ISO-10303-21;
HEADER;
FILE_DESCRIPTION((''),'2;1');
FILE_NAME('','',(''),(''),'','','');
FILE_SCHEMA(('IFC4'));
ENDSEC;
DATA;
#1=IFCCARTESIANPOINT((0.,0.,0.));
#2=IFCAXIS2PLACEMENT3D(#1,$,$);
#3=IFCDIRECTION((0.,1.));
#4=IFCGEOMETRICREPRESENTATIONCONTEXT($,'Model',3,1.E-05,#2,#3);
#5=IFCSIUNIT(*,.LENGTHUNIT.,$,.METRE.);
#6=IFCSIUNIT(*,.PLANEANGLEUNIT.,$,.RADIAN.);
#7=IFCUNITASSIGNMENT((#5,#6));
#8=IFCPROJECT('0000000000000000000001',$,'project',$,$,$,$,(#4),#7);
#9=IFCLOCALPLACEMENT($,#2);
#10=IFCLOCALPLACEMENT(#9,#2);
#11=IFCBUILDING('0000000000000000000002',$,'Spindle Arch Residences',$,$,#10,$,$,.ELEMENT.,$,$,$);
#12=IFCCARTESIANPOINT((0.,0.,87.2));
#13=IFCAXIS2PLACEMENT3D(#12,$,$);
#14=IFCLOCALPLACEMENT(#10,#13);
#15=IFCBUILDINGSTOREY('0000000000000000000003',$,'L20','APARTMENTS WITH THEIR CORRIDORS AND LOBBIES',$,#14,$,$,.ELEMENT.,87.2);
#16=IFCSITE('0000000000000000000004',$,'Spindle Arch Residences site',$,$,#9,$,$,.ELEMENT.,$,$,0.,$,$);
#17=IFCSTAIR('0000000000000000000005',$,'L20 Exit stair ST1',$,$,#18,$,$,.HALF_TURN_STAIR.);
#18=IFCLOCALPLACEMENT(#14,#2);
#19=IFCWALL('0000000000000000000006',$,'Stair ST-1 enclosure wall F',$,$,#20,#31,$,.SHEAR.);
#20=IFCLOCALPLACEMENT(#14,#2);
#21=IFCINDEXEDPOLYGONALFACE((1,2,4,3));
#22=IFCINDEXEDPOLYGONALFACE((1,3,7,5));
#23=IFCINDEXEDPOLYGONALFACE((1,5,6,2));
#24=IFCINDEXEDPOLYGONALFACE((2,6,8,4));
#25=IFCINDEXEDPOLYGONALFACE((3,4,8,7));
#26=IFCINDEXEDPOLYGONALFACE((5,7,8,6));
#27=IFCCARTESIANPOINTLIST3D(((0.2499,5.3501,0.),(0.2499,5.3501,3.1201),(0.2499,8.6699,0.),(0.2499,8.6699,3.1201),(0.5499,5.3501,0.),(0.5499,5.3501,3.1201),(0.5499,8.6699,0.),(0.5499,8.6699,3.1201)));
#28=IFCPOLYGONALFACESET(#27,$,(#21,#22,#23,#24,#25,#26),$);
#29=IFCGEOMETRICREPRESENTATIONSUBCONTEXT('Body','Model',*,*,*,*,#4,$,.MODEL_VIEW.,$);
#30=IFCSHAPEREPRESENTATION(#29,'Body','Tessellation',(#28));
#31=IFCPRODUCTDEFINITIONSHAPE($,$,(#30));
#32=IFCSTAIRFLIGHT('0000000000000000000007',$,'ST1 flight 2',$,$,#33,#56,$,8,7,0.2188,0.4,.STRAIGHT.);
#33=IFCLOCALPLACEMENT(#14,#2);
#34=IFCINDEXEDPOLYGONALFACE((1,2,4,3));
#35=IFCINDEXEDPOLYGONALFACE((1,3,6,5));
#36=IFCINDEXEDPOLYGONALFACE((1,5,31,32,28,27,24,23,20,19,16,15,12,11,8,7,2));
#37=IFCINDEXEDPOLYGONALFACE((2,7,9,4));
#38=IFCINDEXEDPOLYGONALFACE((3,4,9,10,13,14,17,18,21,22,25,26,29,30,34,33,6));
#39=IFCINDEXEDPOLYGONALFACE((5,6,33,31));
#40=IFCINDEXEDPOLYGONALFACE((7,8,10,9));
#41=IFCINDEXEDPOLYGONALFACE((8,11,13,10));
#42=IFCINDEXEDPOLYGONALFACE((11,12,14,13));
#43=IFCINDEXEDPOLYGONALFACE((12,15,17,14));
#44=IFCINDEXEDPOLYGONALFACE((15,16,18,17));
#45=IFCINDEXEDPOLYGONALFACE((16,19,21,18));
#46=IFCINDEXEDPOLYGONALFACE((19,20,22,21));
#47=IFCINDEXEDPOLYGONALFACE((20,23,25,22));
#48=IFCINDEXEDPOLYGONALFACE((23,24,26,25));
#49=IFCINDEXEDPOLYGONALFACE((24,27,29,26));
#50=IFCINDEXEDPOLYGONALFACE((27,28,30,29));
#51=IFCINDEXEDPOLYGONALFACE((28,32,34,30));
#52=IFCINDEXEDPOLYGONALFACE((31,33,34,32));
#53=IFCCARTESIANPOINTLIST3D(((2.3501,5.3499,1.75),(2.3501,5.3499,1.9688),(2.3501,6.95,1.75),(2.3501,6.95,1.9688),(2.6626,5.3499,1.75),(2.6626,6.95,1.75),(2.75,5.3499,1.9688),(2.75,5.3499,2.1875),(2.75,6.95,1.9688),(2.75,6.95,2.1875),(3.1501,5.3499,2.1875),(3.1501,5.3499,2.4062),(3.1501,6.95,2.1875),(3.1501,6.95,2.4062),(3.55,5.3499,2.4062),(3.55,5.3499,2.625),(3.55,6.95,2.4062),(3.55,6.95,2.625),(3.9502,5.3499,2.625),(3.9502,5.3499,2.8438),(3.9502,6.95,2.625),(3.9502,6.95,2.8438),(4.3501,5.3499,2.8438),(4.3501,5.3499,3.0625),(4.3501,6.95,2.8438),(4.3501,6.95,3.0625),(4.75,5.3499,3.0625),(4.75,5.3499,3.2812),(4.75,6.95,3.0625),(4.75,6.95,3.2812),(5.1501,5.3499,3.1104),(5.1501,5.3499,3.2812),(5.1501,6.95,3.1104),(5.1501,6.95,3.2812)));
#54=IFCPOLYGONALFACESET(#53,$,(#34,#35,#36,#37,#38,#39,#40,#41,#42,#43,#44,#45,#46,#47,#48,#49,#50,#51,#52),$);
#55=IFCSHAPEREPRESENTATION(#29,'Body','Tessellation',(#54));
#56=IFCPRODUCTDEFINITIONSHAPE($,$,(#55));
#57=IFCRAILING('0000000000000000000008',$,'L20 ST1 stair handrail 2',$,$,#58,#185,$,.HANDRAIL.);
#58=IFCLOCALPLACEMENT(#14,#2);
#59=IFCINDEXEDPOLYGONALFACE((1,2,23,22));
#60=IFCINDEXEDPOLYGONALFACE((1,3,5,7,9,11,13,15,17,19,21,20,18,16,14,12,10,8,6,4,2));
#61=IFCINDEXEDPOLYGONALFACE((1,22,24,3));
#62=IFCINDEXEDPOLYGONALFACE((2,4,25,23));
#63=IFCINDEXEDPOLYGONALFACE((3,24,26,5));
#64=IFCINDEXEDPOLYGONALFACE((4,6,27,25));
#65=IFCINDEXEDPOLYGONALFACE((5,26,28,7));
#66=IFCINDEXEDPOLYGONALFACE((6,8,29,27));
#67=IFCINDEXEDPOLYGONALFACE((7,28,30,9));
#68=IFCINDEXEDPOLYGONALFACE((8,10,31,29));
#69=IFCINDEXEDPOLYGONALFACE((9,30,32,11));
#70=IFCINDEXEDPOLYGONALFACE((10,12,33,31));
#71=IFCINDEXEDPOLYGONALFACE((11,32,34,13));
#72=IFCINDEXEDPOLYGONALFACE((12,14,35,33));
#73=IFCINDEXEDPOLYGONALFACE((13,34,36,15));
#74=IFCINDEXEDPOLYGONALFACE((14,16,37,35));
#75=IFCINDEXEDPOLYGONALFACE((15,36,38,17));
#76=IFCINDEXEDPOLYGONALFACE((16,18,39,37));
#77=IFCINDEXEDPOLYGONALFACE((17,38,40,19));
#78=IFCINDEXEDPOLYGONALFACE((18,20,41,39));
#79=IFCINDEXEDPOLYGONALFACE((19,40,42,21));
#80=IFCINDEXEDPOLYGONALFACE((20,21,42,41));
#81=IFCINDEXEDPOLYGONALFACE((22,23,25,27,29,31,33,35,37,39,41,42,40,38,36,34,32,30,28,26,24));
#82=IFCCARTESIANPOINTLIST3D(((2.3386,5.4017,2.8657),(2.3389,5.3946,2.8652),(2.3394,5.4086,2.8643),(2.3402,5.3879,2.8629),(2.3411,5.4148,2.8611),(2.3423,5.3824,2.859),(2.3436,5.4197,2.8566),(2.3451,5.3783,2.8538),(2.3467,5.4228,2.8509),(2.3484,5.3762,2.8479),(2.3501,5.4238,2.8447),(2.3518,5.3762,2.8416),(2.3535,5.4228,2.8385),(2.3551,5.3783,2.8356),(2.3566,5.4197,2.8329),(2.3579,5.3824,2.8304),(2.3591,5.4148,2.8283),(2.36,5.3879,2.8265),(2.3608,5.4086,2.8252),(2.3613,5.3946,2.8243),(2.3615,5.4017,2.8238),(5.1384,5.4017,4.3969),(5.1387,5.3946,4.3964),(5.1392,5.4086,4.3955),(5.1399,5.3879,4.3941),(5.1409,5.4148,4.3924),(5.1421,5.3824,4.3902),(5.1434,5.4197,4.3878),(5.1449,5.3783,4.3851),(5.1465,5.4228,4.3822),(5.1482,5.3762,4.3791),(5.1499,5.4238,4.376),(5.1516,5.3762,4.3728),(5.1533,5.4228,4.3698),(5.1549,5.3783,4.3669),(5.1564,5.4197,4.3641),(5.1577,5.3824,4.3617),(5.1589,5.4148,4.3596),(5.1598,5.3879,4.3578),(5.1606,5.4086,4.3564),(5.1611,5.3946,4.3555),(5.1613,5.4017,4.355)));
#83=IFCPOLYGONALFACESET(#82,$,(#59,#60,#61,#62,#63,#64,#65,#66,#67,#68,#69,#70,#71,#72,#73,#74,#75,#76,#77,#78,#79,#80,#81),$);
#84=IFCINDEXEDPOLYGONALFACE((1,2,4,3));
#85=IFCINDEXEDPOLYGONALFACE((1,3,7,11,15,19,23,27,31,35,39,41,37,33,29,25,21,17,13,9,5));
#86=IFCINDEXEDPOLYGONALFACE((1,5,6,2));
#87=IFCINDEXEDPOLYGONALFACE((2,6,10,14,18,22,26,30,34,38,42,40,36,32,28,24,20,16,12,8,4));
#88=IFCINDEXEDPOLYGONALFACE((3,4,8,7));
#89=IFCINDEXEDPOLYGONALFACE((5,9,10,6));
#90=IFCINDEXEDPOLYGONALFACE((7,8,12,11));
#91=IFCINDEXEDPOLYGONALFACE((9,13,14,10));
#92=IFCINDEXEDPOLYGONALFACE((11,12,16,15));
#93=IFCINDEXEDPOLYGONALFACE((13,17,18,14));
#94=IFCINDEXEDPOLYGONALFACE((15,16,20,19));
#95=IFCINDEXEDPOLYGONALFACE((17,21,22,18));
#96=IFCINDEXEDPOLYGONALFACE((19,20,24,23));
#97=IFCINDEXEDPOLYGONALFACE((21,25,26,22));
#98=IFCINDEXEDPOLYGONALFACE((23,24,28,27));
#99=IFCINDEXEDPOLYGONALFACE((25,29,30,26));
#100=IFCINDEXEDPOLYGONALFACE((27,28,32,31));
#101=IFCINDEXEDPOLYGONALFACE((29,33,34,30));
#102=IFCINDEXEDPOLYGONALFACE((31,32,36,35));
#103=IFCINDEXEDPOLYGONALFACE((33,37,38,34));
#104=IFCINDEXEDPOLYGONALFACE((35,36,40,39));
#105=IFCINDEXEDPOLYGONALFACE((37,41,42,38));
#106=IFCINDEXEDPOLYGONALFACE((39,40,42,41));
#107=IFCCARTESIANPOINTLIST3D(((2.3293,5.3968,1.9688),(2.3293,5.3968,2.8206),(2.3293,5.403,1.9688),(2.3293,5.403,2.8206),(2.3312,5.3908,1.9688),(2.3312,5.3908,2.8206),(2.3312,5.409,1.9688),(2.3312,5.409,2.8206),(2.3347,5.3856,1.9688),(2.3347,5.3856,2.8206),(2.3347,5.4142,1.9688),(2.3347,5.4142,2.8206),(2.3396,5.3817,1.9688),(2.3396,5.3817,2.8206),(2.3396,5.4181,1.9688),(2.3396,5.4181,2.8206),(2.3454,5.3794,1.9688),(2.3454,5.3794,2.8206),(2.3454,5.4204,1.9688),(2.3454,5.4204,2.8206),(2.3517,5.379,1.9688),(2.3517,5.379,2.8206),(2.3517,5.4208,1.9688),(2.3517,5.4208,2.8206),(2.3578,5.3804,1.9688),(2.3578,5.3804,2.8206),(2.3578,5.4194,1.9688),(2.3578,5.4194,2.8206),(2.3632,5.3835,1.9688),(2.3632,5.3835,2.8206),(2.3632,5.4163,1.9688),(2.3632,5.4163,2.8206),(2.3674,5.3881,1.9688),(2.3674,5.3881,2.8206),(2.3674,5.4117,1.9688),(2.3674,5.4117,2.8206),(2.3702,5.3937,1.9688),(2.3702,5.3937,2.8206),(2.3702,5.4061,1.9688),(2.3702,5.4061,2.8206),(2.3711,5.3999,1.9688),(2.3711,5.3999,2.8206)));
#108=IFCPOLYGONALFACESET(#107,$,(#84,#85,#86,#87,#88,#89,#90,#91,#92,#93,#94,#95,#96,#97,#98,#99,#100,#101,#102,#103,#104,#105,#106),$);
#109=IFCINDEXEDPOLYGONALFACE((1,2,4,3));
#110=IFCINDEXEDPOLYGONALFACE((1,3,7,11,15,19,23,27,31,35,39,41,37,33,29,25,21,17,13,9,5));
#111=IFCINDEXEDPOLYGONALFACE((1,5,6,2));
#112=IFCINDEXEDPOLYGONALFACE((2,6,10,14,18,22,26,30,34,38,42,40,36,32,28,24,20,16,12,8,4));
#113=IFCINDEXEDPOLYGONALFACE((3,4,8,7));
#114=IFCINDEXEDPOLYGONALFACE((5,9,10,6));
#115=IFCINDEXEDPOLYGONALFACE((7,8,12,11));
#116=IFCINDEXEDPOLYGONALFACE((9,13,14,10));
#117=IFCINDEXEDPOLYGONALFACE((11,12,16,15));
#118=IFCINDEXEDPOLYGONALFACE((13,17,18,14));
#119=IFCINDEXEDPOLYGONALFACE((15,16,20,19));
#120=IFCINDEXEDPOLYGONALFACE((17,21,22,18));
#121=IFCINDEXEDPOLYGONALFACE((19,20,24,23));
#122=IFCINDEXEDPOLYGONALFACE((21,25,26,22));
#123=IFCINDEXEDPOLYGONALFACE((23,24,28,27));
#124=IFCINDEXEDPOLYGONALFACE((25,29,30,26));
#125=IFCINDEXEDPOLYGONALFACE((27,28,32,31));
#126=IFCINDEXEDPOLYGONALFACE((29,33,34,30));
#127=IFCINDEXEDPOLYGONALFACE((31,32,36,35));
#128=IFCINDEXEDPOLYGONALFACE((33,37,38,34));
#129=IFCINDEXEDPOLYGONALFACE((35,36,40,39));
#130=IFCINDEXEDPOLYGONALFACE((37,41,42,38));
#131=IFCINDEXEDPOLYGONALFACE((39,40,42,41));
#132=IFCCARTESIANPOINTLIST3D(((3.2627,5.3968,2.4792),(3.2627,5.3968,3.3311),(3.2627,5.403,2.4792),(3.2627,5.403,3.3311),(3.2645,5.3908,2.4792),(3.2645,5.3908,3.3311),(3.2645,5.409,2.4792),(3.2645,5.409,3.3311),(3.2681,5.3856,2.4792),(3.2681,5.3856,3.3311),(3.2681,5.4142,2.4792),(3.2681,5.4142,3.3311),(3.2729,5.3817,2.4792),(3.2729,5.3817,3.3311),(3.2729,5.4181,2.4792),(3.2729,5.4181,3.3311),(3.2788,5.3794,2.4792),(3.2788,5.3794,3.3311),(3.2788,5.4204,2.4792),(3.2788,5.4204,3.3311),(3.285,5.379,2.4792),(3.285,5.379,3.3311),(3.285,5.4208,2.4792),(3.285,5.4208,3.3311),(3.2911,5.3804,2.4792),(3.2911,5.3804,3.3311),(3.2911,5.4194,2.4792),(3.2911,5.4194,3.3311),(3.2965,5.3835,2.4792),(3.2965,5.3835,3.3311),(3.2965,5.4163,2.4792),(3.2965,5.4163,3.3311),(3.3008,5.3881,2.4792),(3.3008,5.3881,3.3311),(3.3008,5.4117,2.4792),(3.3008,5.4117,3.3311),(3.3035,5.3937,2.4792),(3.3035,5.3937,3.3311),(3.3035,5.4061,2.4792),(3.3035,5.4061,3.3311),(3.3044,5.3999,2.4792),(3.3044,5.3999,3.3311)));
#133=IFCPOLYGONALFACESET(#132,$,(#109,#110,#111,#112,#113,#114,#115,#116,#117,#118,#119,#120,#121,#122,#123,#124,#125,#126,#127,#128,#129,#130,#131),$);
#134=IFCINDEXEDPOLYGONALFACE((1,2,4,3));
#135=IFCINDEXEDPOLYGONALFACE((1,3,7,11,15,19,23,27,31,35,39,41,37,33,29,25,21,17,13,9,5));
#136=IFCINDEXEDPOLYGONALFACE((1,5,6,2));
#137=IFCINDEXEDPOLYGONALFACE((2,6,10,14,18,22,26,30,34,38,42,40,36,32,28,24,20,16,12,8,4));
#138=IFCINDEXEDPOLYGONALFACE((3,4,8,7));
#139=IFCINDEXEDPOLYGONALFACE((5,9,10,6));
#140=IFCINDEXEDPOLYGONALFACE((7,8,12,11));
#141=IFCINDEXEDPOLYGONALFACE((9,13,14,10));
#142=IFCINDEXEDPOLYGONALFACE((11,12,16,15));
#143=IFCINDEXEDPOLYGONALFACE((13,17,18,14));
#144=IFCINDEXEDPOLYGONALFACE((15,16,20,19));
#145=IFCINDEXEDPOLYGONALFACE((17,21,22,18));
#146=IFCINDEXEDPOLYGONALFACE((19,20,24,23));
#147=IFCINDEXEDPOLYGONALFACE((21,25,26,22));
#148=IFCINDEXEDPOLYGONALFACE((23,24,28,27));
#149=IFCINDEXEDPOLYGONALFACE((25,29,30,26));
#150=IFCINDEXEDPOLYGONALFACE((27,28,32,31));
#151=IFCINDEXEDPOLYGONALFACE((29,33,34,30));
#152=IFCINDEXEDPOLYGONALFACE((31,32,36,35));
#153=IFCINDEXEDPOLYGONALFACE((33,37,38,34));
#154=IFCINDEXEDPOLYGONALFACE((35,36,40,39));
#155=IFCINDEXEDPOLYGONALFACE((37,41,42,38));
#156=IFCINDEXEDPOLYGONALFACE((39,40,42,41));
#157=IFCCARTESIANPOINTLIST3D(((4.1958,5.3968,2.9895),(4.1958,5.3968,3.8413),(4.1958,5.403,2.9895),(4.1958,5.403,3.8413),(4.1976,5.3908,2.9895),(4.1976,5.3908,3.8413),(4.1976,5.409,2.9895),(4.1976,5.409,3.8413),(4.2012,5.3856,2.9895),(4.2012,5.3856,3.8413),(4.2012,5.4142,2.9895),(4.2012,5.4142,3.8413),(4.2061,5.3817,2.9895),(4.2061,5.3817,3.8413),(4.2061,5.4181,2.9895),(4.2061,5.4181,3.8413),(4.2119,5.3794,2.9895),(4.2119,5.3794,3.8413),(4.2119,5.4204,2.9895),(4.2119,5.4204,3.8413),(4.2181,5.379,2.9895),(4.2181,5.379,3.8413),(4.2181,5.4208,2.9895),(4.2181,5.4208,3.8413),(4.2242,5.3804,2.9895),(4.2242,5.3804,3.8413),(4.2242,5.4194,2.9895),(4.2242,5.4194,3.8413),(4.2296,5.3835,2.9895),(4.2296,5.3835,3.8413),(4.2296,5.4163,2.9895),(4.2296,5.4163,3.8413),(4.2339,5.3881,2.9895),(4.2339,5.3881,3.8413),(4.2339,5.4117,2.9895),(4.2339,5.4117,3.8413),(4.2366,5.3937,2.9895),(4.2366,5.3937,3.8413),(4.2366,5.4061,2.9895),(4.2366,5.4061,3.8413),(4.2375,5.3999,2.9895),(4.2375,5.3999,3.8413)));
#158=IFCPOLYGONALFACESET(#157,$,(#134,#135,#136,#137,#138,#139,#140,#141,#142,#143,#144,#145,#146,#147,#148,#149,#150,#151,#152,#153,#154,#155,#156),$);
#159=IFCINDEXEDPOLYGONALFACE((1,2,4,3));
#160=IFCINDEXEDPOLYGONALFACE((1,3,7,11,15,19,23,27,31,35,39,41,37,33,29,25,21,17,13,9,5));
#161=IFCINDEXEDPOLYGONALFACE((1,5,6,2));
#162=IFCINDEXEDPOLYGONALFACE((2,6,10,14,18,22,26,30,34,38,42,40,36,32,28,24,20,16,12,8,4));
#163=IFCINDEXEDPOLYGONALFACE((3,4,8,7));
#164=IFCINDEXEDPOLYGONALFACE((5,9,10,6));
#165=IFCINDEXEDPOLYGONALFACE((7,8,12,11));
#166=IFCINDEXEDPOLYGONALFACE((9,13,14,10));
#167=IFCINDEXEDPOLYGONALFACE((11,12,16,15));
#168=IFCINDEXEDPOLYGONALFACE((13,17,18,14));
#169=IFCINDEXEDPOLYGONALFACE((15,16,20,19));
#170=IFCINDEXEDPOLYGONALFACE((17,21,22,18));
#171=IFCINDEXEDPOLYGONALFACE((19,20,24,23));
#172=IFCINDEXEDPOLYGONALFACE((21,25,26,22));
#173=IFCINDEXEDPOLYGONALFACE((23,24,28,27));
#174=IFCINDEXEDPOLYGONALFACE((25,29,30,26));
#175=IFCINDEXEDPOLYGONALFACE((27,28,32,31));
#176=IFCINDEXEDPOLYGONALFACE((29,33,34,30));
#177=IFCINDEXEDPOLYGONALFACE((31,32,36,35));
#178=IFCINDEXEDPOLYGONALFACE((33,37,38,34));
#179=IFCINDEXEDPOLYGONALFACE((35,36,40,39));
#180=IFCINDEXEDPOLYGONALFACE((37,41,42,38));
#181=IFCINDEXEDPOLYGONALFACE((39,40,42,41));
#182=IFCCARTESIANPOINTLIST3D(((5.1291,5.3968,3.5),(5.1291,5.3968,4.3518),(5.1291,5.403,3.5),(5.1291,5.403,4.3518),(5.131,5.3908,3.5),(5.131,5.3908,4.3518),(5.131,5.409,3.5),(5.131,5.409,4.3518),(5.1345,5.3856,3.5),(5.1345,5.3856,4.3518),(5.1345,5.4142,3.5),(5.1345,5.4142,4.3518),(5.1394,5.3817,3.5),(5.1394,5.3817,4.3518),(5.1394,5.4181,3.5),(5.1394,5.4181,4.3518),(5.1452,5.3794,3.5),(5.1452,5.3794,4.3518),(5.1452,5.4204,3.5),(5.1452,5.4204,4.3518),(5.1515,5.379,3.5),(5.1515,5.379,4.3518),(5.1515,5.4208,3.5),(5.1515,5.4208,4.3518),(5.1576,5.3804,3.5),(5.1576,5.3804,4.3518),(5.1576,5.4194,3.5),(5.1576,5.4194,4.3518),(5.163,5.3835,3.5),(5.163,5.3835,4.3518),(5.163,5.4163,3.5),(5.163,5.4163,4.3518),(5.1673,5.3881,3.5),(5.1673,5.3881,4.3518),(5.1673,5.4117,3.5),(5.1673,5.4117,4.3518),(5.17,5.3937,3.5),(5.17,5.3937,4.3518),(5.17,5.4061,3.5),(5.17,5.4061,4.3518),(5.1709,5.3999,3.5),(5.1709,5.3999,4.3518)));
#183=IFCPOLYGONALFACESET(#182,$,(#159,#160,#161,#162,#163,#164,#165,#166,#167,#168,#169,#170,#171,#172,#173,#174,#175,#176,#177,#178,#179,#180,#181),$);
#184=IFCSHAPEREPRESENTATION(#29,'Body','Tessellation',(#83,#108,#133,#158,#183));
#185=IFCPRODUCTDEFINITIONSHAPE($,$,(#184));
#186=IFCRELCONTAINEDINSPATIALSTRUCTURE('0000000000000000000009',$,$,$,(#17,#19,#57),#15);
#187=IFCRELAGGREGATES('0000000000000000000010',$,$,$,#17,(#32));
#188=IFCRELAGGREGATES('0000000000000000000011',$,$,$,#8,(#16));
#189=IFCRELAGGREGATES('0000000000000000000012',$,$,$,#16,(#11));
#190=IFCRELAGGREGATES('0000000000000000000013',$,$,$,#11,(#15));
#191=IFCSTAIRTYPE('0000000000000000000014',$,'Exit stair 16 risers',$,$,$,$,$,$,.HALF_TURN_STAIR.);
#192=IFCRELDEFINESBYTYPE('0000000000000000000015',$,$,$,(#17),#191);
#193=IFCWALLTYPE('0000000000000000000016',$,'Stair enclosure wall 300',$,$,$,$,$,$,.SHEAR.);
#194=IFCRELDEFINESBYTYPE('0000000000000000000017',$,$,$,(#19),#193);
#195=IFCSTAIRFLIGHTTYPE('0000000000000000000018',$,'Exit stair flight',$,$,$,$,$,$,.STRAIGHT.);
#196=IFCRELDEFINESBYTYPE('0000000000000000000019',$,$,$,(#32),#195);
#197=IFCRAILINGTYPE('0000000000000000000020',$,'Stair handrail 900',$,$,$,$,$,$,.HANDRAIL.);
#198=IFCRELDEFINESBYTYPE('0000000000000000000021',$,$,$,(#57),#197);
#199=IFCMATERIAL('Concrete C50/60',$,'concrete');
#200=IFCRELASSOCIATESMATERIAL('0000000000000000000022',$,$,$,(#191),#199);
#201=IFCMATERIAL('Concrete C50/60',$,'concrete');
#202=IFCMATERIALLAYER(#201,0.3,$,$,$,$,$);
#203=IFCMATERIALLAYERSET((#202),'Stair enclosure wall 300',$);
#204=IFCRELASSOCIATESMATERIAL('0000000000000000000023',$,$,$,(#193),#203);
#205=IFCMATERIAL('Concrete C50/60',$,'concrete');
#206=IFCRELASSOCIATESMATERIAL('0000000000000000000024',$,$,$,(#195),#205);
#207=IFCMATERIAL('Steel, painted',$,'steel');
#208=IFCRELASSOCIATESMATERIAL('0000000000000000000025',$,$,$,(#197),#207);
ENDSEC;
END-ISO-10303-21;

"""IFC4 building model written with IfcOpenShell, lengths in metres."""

from ifc_helpers import new_model, si_unit, direction, frame, frame_2d, origin, origin_2d, place, context, subcontext, project, spatial, polyline, rectangle, circle, outline, extrude, material, layer, layer_set, type_object, element, aggregate, save


model = new_model("IFC4")

# Units and contexts
model_context = context("Model", 3, precision=1e-05, world=origin(), true_north=direction((0.0, 1.0)))
body_context = subcontext(model_context, "Body", "Model", "MODEL_VIEW")
ifc_project = project(units=[si_unit("LENGTHUNIT", "METRE"), si_unit("PLANEANGLEUNIT", "RADIAN")], contexts=[model_context])

# Site, building, storey
site_placement = place(None, origin())
site = spatial("IfcSite", under=ifc_project, at=site_placement, Name="Spindle Arch Residences site", CompositionType="ELEMENT", RefElevation=0.0)
building_placement = place(site_placement, origin())
building = spatial("IfcBuilding", under=site, at=building_placement, Name="Spindle Arch Residences", CompositionType="ELEMENT")
storey_placement = place(building_placement, frame((0.0, 0.0, 87.2)))
storey = spatial("IfcBuildingStorey", under=building, at=storey_placement, Name="L20", Description="APARTMENTS WITH THEIR CORRIDORS AND LOBBIES", CompositionType="ELEMENT", Elevation=87.2)

# Stair
ifc_material_1 = material(Name="Concrete C50/60", Category="concrete")
stair_type = type_object("IfcStairType", Name="Exit stair 16 risers", PredefinedType="HALF_TURN_STAIR", material=ifc_material_1)
stair_1_placement = place(storey_placement, origin())
stair_1 = element("IfcStair", 1, at=stair_1_placement, inside=storey, type_object=stair_type, Name="L20 Exit stair ST1", PredefinedType="HALF_TURN_STAIR")

# Wall
ifc_material_2 = material(Name="Concrete C50/60", Category="concrete")
ifc_layer_1 = layer(ifc_material_2, 0.3)
ifc_layer_set_1 = layer_set([ifc_layer_1], Name="Stair enclosure wall 300")
wall_type_1 = type_object("IfcWallType", Name="Stair enclosure wall 300", PredefinedType="SHEAR", material=ifc_layer_set_1)
wall_1_placement = place(storey_placement, frame((0.3999, 5.3501, 0.0), z_axis=(0.0, 0.0, 1.0), x_axis=(0.0, 1.0, 0.0)))
element("IfcWall", 2, at=wall_1_placement, inside=storey, type_object=wall_type_1, Name="Stair ST-1 enclosure wall F", PredefinedType="SHEAR", context=body_context, shape_type="SweptSolid", body=[
    extrude(rectangle(XDim=3.3198, YDim=0.3, at=frame_2d((1.6599, 0.0))), origin(), (0.0, 0.0, 1.0), 3.1201),
])

# Stair flight
ifc_material_3 = material(Name="Concrete C50/60", Category="concrete")
stair_flight_type = type_object("IfcStairFlightType", Name="Exit stair flight", PredefinedType="STRAIGHT", material=ifc_material_3)
stair_flight_placement = place(storey_placement, frame((2.3501, 6.1499, 1.75), z_axis=(0.0, 0.0, 1.0), x_axis=(1.0, 0.0, 0.0)))
stair_flight = element("IfcStairFlight", 3, at=stair_flight_placement, type_object=stair_flight_type, Name="ST1 flight 2", NumberOfRisers=8, NumberOfTreads=7, PredefinedType="STRAIGHT", RiserHeight=0.2188, TreadLength=0.4, context=body_context, shape_type="SweptSolid", body=[
    extrude(outline(polyline([(0.0, 0.0), (0.0, 0.2188), (0.3999, 0.2188), (0.3999, 0.4375), (0.8, 0.4375), (0.8, 0.6562), (1.2, 0.6562), (1.2, 0.875), (1.6001, 0.875), (1.6001, 1.0938), (2.0, 1.0938), (2.0, 1.3125), (2.3999, 1.3125), (2.3999, 1.5312), (2.8, 1.5312), (2.8, 1.75), (2.8, 1.3604), (0.3125, 0.0), (0.0, 0.0)])), frame((0.0, 0.8, 0.0), z_axis=(0.0, -1.0, 0.0), x_axis=(1.0, 0.0, 0.0)), (0.0, 0.0, 1.0), 1.6001),
])
aggregate(stair_1, [stair_flight])

# Railing
ifc_material_4 = material(Name="Steel, painted", Category="steel")
railing_type = type_object("IfcRailingType", Name="Stair handrail 900", PredefinedType="HANDRAIL", material=ifc_material_4)
railing_placement = place(storey_placement, frame((2.3501, 5.3999, 1.9688)))
element("IfcRailing", 4, at=railing_placement, inside=storey, type_object=railing_type, Name="L20 ST1 stair handrail 2", PredefinedType="HANDRAIL", context=body_context, shape_type="SweptSolid", body=[
    extrude(circle(Radius=0.0239, at=origin_2d()), frame((0.0, 0.0, 0.876), z_axis=(0.877357, 0.0, 0.479838), x_axis=(0.0, 1.0, 0.0)), (0.0, 0.0, 1.0), 3.1912),
    extrude(circle(Radius=0.021, at=origin_2d()), origin(), (0.0, 0.0, 1.0), 0.8518),
    extrude(circle(Radius=0.021, at=origin_2d()), frame((0.9333, 0.0, 0.5105)), (0.0, 0.0, 1.0), 0.8518),
    extrude(circle(Radius=0.021, at=origin_2d()), frame((1.8665, 0.0, 1.0208)), (0.0, 0.0, 1.0), 0.8518),
    extrude(circle(Radius=0.021, at=origin_2d()), frame((2.7998, 0.0, 1.5312)), (0.0, 0.0, 1.0), 0.8518),
])

save(model, "model.ifc")
